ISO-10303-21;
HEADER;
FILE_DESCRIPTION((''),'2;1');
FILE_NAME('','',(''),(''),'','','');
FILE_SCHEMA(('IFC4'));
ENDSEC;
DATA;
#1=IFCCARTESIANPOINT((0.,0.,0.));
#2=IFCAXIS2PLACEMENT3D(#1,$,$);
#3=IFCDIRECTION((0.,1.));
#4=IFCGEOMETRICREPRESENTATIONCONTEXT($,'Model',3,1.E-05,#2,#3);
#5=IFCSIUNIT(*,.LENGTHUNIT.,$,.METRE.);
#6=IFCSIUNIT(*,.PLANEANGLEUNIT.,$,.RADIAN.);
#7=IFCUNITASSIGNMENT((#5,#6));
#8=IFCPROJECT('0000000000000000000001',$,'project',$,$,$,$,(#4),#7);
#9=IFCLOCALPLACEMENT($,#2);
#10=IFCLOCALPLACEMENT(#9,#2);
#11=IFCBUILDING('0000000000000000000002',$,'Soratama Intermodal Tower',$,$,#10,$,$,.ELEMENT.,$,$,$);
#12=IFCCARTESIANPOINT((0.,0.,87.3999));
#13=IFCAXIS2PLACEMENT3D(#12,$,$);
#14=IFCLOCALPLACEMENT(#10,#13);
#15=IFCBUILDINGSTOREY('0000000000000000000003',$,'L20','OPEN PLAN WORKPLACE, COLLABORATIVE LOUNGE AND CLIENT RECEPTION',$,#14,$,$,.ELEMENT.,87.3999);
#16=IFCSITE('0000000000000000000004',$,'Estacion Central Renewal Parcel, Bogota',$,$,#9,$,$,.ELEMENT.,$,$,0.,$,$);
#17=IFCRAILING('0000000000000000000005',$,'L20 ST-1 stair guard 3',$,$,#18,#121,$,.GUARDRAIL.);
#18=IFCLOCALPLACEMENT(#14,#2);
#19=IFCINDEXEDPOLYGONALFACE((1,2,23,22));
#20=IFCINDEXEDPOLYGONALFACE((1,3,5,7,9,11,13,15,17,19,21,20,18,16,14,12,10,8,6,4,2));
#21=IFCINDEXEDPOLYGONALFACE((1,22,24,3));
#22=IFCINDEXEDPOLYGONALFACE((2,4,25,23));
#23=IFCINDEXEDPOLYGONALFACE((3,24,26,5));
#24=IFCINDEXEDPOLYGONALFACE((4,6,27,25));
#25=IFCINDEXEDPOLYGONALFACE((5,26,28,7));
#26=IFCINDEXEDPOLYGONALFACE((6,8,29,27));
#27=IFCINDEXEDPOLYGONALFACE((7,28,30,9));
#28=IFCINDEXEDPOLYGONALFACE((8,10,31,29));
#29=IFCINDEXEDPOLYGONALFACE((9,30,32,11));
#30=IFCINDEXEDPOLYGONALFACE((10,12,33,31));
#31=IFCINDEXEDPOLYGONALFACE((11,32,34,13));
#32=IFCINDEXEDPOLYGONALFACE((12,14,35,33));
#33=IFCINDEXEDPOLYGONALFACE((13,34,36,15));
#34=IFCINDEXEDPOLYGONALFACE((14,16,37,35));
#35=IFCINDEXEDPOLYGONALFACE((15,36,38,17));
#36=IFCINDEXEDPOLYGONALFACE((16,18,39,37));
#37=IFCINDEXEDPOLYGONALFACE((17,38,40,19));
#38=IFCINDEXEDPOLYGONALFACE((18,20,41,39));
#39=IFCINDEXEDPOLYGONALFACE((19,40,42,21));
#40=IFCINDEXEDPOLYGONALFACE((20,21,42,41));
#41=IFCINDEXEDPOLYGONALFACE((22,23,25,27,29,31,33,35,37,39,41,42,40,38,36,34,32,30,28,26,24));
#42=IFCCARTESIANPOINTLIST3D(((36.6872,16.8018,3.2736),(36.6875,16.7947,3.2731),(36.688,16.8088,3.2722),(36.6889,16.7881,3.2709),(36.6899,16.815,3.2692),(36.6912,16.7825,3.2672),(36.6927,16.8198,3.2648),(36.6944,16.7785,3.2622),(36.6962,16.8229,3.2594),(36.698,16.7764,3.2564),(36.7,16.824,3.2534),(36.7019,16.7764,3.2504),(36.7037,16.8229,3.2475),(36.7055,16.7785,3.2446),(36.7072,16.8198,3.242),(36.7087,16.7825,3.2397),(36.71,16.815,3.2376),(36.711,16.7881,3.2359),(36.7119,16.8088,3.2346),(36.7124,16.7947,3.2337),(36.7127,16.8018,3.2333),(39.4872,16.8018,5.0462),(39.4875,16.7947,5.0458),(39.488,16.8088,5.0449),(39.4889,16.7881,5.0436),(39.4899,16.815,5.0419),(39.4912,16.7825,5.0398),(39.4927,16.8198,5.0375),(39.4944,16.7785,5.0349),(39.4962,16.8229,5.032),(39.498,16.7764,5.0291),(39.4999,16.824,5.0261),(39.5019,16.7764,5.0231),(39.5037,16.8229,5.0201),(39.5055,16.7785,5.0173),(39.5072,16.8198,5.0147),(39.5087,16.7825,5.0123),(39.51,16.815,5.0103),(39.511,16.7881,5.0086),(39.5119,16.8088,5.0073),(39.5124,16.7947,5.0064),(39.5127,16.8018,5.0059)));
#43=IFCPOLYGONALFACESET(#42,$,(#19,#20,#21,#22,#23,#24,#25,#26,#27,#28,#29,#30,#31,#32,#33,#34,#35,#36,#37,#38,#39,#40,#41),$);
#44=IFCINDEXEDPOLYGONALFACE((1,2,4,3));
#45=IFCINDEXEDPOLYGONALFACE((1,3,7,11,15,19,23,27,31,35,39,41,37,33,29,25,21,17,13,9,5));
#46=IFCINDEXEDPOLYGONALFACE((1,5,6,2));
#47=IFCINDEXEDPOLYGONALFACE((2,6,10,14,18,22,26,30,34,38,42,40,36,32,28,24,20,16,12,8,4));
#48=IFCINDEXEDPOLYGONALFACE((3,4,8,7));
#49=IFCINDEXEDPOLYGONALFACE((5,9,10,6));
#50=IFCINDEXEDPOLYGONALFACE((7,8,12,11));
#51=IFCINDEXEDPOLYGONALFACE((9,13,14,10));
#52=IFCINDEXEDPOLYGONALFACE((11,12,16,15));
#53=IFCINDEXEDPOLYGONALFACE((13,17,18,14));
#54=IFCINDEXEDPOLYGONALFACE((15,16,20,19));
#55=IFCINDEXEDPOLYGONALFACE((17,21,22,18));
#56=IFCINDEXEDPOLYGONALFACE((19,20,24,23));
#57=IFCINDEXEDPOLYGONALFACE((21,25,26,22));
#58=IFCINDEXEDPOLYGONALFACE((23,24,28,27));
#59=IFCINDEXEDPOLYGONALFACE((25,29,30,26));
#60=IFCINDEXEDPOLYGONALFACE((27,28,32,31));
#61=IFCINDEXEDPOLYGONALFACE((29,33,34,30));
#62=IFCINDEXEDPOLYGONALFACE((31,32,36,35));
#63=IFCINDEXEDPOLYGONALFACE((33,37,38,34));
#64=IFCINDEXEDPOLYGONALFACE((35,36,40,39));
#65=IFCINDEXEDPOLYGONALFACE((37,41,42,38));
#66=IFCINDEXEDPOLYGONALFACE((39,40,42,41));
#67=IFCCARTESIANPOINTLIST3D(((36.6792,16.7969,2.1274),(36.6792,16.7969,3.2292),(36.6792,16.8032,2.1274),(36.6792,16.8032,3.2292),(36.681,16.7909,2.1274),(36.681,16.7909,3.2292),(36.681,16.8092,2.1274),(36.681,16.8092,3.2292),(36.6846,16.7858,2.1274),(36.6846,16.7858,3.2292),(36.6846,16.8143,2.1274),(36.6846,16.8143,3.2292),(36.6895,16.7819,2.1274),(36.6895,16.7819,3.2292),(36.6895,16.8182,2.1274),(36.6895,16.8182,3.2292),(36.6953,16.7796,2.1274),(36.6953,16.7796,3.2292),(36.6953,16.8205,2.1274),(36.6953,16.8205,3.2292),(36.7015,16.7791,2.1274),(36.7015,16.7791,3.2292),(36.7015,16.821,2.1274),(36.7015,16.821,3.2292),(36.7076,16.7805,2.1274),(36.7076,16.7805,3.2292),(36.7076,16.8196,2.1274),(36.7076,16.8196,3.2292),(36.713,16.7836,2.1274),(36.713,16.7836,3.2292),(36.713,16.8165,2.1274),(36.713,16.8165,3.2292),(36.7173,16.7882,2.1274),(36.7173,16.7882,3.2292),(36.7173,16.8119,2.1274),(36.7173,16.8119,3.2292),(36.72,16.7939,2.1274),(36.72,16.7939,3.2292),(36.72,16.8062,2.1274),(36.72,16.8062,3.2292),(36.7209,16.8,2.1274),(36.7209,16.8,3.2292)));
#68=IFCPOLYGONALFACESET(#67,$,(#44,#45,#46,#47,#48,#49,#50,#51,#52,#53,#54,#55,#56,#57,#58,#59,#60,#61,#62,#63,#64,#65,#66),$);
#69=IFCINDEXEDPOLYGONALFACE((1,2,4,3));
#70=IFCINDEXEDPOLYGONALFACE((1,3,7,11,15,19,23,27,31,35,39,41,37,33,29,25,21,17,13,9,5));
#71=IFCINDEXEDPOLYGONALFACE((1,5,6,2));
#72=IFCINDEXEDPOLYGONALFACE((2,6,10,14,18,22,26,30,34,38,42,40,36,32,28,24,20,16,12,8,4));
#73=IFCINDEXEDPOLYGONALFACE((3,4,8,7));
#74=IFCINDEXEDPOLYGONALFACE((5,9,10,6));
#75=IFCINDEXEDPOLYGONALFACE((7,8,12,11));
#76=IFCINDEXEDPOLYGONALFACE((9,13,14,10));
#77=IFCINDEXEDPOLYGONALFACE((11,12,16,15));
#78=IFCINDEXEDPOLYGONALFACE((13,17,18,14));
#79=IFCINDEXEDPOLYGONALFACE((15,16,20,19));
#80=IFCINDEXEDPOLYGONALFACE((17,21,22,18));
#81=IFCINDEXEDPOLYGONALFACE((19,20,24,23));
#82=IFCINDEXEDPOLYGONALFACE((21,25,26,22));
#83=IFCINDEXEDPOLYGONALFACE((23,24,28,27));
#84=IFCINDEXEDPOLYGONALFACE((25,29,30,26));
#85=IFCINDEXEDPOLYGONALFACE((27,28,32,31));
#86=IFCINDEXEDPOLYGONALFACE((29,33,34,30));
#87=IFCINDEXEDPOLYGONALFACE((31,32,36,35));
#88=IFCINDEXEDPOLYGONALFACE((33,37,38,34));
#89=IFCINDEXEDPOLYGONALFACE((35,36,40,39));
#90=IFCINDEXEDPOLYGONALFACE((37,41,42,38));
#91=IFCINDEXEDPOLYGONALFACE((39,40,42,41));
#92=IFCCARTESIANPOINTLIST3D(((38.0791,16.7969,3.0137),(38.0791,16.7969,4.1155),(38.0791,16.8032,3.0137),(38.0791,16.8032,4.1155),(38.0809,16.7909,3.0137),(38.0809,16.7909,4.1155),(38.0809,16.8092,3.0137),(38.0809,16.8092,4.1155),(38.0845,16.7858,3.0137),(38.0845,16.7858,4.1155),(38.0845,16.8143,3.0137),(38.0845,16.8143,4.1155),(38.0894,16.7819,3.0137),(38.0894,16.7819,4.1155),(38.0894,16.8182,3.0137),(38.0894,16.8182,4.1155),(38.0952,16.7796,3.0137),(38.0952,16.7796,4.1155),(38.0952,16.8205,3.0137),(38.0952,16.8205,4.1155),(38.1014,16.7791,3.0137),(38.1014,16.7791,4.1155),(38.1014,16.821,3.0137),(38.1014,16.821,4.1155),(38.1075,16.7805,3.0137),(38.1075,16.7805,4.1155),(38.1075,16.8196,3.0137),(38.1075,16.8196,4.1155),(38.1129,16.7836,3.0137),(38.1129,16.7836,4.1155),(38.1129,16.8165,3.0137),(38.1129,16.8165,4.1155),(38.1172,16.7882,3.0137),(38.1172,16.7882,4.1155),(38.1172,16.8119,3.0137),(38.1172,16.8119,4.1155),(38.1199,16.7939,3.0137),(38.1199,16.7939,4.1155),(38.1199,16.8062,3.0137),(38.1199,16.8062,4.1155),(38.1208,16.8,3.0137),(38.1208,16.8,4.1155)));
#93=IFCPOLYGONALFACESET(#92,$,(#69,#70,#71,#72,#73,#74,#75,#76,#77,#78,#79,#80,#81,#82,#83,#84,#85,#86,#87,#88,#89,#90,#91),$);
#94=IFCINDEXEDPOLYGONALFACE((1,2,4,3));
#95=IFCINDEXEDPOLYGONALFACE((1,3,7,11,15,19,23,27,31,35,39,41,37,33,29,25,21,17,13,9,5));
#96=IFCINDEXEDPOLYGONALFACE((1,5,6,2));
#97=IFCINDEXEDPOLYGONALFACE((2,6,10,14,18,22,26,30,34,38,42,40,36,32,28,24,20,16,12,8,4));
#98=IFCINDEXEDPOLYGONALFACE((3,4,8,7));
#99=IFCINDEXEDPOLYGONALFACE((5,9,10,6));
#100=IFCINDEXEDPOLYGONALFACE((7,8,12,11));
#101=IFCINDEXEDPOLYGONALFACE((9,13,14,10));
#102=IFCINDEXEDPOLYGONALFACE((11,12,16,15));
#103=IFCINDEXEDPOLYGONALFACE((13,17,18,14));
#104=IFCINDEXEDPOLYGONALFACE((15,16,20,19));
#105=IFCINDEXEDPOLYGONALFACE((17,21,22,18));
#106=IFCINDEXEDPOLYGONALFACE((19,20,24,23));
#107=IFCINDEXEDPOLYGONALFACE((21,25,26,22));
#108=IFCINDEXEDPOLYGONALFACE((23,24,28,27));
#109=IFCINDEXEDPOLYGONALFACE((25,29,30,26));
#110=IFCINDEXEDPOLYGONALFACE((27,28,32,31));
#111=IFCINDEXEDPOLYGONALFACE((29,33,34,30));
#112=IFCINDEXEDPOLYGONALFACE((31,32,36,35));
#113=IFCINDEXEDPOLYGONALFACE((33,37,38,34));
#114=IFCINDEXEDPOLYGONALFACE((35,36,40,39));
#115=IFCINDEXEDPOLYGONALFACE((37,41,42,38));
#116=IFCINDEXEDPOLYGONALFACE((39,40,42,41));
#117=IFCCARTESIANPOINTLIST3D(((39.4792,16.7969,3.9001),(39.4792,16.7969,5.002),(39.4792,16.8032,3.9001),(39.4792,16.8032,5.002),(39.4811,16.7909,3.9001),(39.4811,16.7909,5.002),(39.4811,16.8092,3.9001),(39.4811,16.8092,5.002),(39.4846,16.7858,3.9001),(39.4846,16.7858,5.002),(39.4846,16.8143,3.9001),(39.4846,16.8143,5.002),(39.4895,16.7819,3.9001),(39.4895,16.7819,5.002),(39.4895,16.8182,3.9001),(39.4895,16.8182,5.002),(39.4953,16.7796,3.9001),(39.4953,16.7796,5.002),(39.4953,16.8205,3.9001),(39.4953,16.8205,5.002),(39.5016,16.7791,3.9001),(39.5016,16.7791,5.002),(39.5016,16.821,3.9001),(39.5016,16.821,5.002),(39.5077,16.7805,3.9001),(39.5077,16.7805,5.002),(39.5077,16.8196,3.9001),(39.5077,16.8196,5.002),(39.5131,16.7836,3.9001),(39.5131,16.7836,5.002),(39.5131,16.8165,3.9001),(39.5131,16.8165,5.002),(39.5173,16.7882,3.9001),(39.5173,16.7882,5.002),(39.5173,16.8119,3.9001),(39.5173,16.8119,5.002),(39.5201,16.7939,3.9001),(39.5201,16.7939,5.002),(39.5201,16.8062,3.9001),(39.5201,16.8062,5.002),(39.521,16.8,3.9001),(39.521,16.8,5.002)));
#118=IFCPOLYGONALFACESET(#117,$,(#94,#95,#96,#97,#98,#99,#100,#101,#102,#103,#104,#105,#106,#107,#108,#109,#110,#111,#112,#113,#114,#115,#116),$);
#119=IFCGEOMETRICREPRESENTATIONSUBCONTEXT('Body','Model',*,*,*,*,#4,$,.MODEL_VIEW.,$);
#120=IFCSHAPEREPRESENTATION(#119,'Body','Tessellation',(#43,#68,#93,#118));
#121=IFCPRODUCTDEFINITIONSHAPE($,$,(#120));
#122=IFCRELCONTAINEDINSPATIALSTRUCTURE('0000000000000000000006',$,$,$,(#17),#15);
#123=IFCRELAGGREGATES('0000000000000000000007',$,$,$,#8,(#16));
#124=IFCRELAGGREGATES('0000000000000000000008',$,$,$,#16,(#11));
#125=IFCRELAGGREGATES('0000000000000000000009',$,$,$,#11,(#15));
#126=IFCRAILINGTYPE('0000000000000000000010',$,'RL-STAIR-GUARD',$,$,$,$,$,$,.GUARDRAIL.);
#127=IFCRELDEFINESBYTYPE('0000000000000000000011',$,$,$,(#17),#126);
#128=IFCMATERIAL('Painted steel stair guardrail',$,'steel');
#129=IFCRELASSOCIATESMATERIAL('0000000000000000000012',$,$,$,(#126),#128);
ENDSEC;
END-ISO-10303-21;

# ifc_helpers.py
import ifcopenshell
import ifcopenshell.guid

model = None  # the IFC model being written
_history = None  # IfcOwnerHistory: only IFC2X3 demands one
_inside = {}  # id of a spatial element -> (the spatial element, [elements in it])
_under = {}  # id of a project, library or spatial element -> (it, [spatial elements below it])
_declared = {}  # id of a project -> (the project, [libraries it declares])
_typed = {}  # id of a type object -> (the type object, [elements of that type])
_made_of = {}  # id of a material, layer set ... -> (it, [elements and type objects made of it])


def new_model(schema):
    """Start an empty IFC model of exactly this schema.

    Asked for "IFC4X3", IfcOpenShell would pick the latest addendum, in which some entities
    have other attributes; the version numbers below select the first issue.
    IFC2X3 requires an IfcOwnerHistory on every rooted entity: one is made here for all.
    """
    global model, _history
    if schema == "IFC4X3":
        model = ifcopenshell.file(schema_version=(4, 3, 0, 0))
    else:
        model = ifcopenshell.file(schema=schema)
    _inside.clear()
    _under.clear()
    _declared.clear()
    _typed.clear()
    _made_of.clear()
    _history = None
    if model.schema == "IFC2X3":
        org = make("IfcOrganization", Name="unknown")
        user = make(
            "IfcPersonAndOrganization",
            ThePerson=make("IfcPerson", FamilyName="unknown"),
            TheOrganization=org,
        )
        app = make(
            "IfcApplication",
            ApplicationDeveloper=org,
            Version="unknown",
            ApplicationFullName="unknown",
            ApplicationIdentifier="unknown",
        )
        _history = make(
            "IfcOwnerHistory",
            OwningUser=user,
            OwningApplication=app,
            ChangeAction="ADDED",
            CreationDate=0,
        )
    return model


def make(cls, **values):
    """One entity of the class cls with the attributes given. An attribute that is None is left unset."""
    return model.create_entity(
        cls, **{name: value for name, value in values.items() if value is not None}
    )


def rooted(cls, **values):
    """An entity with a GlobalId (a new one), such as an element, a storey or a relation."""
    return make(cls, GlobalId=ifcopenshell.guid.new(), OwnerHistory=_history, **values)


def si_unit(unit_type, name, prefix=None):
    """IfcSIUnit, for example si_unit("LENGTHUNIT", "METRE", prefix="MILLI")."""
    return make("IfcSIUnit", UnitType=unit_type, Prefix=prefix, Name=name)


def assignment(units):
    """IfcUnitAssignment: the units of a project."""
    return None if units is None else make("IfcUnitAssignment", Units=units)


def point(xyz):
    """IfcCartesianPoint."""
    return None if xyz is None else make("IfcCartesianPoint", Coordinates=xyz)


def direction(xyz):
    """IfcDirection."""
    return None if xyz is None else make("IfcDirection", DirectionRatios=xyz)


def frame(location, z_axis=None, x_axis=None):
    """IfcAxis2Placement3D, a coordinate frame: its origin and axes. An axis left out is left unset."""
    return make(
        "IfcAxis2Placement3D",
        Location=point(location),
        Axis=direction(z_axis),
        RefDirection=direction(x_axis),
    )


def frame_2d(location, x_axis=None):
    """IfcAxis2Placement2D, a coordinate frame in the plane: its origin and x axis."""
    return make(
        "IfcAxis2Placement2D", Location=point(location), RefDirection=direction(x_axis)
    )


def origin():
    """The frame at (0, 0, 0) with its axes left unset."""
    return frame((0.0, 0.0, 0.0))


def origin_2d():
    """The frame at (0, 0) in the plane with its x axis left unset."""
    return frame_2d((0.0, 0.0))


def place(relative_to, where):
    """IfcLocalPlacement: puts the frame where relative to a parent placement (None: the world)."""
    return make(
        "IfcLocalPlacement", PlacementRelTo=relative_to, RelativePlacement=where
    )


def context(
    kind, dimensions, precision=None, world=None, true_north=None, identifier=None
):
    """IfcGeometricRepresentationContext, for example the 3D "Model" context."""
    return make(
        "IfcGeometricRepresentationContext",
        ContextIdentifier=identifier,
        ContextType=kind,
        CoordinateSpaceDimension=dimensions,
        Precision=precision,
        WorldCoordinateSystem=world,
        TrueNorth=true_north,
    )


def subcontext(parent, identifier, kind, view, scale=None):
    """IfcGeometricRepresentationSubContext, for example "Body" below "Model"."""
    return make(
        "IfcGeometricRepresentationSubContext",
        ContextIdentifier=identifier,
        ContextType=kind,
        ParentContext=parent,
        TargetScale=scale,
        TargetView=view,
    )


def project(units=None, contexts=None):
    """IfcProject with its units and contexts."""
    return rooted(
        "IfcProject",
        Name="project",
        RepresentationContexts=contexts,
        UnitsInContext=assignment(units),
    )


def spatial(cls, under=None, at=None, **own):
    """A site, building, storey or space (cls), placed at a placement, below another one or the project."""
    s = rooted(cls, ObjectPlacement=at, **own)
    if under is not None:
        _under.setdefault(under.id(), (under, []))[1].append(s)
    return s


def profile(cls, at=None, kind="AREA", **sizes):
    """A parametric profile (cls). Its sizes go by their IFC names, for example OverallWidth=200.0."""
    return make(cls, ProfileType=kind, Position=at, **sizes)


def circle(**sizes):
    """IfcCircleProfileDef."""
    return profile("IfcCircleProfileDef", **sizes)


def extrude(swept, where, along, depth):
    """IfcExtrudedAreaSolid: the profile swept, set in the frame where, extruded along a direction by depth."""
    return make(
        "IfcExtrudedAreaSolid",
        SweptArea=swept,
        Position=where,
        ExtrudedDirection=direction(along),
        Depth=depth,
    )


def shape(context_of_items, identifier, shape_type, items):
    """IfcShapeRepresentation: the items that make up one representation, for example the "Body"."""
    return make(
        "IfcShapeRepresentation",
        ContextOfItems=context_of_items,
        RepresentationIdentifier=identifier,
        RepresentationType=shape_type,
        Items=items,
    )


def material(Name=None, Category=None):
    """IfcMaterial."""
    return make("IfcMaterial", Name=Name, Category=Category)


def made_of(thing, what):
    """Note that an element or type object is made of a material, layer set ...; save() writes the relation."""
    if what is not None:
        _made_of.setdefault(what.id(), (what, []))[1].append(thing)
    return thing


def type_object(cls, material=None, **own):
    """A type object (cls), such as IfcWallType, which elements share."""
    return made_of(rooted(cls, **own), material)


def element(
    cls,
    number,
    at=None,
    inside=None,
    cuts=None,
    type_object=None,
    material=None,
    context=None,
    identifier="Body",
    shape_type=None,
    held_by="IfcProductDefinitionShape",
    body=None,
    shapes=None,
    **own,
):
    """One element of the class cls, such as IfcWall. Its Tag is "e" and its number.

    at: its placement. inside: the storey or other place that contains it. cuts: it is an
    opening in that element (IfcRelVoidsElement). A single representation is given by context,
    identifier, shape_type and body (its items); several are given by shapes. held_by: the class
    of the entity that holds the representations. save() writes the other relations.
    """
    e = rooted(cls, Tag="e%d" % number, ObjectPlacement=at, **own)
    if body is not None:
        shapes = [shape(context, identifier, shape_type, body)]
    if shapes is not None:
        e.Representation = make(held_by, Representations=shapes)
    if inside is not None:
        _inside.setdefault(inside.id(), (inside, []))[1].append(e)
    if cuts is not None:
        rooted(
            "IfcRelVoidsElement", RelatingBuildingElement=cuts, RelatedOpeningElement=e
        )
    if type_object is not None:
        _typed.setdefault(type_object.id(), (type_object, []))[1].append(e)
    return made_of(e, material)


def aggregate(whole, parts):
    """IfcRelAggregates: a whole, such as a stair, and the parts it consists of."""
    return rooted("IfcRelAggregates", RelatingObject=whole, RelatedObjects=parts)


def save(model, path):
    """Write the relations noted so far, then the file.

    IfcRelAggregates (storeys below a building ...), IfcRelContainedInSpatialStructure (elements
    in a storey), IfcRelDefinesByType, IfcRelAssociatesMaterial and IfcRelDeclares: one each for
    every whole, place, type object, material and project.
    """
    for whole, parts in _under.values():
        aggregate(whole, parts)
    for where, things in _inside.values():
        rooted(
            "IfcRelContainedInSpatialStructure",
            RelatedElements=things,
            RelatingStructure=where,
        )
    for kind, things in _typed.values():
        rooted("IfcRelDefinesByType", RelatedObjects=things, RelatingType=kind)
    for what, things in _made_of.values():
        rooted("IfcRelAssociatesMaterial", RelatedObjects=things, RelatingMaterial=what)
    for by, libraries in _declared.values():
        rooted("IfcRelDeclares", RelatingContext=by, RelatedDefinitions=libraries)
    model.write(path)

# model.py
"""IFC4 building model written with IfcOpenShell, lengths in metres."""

from ifc_helpers import new_model, si_unit, direction, frame, origin, origin_2d, place, context, subcontext, project, spatial, circle, extrude, material, type_object, element, save


model = new_model("IFC4")

# Units and contexts
model_context = context("Model", 3, precision=1e-05, world=origin(), true_north=direction((0.0, 1.0)))
body_context = subcontext(model_context, "Body", "Model", "MODEL_VIEW")
ifc_project = project(units=[si_unit("LENGTHUNIT", "METRE"), si_unit("PLANEANGLEUNIT", "RADIAN")], contexts=[model_context])

# Site, building, storey
site_placement = place(None, origin())
site = spatial("IfcSite", under=ifc_project, at=site_placement, Name="Estacion Central Renewal Parcel, Bogota", CompositionType="ELEMENT", RefElevation=0.0)
building_placement = place(site_placement, origin())
building = spatial("IfcBuilding", under=site, at=building_placement, Name="Soratama Intermodal Tower", CompositionType="ELEMENT")
storey_placement = place(building_placement, frame((0.0, 0.0, 87.3999)))
storey = spatial("IfcBuildingStorey", under=building, at=storey_placement, Name="L20", Description="OPEN PLAN WORKPLACE, COLLABORATIVE LOUNGE AND CLIENT RECEPTION", CompositionType="ELEMENT", Elevation=87.3999)

# Railing
ifc_material_1 = material(Name="Painted steel stair guardrail", Category="steel")
railing_type_1 = type_object("IfcRailingType", Name="RL-STAIR-GUARD", PredefinedType="GUARDRAIL", material=ifc_material_1)
railing_1_placement = place(storey_placement, frame((36.7, 16.8, 2.1274)))
element("IfcRailing", 1, at=railing_1_placement, inside=storey, type_object=railing_type_1, Name="L20 ST-1 stair guard 3", PredefinedType="GUARDRAIL", context=body_context, shape_type="SweptSolid", body=[
    extrude(circle(Radius=0.0239, at=origin_2d()), frame((0.0, 0.0, 1.126), z_axis=(0.844909, 0.0, 0.53491), x_axis=(0.0, 1.0, 0.0)), (0.0, 0.0, 1.0), 3.314),
    extrude(circle(Radius=0.021, at=origin_2d()), origin(), (0.0, 0.0, 1.0), 1.1018),
    extrude(circle(Radius=0.021, at=origin_2d()), frame((1.3999, 0.0, 0.8862)), (0.0, 0.0, 1.0), 1.1018),
    extrude(circle(Radius=0.021, at=origin_2d()), frame((2.8, 0.0, 1.7727)), (0.0, 0.0, 1.0), 1.1018),
])

save(model, "model.ifc")
